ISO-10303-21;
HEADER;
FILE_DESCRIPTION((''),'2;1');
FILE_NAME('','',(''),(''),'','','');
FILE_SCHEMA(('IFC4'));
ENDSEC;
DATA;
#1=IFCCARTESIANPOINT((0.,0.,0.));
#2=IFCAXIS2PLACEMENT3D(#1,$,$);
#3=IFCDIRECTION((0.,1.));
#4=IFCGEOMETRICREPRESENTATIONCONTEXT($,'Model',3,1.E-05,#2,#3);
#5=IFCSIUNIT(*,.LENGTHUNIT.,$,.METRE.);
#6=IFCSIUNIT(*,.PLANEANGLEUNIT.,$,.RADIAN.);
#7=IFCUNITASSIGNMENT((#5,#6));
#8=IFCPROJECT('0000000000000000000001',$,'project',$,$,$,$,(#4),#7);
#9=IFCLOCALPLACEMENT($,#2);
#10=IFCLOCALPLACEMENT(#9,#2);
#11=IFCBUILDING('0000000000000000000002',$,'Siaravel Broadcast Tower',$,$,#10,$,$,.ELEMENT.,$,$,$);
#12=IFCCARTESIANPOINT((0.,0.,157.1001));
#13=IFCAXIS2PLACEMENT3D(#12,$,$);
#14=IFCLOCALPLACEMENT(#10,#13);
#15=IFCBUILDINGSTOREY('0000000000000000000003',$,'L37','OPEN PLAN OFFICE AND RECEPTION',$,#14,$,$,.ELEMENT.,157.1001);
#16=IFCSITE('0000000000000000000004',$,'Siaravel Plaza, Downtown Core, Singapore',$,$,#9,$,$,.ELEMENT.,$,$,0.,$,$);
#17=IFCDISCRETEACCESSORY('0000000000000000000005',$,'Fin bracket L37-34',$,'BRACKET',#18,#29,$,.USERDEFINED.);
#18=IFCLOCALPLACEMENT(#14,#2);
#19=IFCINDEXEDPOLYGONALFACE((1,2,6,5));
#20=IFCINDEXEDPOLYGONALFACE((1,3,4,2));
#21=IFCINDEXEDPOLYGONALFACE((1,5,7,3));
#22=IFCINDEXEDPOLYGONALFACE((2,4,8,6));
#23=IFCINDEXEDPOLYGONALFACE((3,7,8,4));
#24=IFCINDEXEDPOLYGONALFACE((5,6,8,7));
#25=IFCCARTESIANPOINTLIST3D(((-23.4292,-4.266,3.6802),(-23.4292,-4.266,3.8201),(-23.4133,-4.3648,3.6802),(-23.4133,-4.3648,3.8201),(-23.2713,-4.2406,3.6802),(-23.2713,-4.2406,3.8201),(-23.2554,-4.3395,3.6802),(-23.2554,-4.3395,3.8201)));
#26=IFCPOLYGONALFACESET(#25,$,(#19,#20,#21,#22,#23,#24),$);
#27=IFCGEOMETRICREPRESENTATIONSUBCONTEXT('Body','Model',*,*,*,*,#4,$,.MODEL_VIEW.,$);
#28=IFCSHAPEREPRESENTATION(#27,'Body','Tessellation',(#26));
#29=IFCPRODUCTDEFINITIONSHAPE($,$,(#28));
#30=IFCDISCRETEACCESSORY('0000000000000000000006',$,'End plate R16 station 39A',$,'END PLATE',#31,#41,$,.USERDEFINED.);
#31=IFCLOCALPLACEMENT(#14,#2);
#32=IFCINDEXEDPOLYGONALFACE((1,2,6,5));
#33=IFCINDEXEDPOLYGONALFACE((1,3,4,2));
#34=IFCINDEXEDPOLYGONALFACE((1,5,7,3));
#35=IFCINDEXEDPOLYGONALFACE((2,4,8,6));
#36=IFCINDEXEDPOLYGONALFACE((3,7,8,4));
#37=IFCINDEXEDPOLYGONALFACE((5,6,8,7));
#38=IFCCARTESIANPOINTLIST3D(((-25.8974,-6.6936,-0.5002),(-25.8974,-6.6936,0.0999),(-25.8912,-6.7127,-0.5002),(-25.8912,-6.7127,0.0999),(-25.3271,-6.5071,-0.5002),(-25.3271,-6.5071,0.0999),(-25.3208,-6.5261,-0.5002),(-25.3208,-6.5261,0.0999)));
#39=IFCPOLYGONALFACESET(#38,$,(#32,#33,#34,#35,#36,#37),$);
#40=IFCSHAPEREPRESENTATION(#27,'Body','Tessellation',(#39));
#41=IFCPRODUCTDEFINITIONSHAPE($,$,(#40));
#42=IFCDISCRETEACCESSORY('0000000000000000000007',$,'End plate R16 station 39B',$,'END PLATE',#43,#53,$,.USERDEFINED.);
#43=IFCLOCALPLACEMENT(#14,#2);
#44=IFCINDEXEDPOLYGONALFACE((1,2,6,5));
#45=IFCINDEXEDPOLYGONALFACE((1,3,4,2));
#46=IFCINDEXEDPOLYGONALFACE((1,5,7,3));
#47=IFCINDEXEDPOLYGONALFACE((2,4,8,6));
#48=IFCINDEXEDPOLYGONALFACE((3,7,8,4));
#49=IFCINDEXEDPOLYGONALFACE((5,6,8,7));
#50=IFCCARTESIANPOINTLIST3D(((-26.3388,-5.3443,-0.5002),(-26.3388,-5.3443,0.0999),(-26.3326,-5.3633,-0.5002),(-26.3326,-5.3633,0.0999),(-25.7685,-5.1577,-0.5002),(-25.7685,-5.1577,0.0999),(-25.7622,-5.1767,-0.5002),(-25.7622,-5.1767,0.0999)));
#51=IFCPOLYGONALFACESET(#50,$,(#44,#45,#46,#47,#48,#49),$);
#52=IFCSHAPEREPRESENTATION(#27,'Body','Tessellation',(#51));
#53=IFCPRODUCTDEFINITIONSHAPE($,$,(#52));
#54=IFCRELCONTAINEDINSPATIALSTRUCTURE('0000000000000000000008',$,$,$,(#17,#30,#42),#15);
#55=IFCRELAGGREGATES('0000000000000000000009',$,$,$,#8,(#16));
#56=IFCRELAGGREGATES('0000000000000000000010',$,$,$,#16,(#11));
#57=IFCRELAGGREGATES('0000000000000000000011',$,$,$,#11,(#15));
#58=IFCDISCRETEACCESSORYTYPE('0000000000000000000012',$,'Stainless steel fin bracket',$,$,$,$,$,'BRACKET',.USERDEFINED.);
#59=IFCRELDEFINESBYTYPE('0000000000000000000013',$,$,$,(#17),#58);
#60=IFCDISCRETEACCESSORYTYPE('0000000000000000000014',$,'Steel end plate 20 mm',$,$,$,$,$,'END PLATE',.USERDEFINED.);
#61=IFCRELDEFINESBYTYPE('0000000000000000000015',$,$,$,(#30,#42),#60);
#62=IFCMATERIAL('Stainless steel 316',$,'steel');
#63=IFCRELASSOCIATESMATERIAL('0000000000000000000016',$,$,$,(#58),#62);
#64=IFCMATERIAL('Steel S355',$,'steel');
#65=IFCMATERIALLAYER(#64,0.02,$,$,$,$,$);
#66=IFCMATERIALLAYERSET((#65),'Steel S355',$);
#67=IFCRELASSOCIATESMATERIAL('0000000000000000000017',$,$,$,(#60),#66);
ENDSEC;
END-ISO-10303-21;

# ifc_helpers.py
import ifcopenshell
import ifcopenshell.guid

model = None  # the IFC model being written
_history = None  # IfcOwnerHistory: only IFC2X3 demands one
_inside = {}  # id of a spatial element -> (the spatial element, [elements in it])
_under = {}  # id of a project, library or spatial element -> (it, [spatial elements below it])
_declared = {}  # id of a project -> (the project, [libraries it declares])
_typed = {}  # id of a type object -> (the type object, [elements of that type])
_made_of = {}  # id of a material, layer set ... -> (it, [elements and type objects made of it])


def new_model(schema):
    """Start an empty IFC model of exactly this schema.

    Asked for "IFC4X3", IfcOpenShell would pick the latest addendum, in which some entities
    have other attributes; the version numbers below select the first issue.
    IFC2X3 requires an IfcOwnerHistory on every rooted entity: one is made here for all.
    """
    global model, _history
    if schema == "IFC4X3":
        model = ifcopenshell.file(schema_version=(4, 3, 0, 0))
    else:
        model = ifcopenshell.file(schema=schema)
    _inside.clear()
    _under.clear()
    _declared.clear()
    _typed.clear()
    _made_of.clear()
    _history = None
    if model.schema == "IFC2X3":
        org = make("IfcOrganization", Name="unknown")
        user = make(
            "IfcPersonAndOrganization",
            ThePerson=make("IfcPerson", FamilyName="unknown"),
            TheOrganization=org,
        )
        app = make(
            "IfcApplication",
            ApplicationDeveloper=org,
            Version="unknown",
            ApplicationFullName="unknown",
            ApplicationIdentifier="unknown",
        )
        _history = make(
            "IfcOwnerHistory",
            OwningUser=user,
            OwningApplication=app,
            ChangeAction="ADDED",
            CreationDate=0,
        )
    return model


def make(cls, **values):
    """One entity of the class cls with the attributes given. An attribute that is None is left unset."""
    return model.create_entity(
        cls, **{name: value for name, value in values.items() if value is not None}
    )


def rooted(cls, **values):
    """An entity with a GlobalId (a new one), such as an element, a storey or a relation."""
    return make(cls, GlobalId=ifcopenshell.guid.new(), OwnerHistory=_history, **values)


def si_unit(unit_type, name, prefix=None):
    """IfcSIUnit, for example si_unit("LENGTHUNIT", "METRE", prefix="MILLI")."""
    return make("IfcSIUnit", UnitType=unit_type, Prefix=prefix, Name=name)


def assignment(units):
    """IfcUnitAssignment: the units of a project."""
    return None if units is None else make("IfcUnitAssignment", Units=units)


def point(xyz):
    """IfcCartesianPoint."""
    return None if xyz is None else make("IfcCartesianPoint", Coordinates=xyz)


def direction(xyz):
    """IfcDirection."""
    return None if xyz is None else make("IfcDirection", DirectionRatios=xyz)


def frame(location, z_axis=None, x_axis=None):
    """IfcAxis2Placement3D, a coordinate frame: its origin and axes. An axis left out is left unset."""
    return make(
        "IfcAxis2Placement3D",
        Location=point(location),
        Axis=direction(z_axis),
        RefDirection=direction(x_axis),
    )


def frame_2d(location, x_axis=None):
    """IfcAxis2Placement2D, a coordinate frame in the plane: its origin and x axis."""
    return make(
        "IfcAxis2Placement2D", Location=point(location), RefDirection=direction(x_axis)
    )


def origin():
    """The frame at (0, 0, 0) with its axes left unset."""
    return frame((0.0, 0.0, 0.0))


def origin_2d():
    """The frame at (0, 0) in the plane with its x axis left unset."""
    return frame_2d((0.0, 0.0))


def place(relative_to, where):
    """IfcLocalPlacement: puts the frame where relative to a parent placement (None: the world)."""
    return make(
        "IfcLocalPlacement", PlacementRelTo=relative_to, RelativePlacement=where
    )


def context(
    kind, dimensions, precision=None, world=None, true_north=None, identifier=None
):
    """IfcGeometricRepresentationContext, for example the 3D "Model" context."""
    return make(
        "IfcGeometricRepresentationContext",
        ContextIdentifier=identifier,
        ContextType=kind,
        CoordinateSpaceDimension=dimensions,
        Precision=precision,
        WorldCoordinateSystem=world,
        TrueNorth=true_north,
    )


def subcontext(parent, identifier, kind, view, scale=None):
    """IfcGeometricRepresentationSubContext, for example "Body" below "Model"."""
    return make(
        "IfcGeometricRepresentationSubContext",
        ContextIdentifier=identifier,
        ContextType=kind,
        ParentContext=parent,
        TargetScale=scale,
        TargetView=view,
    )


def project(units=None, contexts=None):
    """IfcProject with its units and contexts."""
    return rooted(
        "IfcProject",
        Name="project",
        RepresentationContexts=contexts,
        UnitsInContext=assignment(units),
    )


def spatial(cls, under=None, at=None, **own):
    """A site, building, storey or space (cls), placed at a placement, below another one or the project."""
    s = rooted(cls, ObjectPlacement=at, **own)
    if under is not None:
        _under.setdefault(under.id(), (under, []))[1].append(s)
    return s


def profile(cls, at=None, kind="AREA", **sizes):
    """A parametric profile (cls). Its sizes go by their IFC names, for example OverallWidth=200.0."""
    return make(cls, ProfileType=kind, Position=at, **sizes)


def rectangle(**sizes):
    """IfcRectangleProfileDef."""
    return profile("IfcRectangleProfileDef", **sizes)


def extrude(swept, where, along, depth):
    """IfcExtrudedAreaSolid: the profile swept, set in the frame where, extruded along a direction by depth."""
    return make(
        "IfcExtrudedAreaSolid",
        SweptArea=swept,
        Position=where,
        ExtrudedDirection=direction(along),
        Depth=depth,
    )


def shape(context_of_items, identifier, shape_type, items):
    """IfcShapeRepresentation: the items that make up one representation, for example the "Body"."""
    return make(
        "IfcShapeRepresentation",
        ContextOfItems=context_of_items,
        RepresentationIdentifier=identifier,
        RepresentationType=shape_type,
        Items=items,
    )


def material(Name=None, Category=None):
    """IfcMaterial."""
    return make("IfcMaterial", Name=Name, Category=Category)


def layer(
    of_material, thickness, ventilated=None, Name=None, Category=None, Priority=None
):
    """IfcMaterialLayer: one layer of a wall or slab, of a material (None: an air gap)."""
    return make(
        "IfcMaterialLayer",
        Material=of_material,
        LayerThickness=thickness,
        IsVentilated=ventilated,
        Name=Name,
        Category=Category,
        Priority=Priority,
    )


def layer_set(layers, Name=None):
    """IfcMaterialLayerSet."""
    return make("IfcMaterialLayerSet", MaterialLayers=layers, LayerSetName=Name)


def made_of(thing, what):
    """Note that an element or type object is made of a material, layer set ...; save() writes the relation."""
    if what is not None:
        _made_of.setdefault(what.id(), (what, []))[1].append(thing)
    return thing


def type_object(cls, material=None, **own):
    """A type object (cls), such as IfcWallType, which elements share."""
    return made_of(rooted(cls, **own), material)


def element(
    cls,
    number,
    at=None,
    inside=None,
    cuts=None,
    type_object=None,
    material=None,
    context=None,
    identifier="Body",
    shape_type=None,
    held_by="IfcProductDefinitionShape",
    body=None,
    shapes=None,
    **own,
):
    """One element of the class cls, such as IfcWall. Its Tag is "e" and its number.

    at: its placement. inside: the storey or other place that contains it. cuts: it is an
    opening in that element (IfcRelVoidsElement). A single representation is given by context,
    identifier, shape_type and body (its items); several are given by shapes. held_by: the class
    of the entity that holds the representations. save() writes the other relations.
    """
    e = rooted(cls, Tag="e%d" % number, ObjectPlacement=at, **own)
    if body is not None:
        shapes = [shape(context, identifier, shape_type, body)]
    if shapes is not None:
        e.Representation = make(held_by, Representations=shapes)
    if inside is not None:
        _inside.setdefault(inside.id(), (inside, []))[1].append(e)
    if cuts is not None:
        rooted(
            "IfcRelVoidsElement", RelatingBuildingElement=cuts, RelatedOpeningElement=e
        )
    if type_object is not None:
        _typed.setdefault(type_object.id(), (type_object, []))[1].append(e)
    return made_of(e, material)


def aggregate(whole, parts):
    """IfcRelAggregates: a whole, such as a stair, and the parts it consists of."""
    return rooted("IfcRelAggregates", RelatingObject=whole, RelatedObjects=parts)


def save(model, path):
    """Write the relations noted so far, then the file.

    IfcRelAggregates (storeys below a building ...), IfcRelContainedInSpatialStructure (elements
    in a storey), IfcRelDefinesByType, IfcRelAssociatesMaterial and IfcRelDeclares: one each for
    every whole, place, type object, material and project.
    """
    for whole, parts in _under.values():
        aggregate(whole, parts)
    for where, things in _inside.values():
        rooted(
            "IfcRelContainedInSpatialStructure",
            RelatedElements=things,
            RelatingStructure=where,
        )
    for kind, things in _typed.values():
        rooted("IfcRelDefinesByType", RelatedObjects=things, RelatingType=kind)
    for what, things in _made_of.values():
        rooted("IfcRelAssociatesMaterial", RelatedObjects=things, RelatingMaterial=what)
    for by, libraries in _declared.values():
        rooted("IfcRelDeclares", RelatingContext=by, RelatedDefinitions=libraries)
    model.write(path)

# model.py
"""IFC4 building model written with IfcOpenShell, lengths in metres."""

from ifc_helpers import new_model, si_unit, direction, frame, origin, origin_2d, place, context, subcontext, project, spatial, rectangle, extrude, material, layer, layer_set, type_object, element, save


model = new_model("IFC4")

# Units and contexts
model_context = context("Model", 3, precision=1e-05, world=origin(), true_north=direction((0.0, 1.0)))
body_context = subcontext(model_context, "Body", "Model", "MODEL_VIEW")
ifc_project = project(units=[si_unit("LENGTHUNIT", "METRE"), si_unit("PLANEANGLEUNIT", "RADIAN")], contexts=[model_context])

# Site, building, storey
site_placement = place(None, origin())
site = spatial("IfcSite", under=ifc_project, at=site_placement, Name="Siaravel Plaza, Downtown Core, Singapore", CompositionType="ELEMENT", RefElevation=0.0)
building_placement = place(site_placement, origin())
building = spatial("IfcBuilding", under=site, at=building_placement, Name="Siaravel Broadcast Tower", CompositionType="ELEMENT")
storey_placement = place(building_placement, frame((0.0, 0.0, 157.1001)))
storey = spatial("IfcBuildingStorey", under=building, at=storey_placement, Name="L37", Description="OPEN PLAN OFFICE AND RECEPTION", CompositionType="ELEMENT", Elevation=157.1001)

# Shared definitions
ifc_material_1 = material(Name="Steel S355", Category="steel")

# Discrete accessories
ifc_material_2 = material(Name="Stainless steel 316", Category="steel")
discrete_accessory_type_1 = type_object("IfcDiscreteAccessoryType", Name="Stainless steel fin bracket", ElementType="BRACKET", PredefinedType="USERDEFINED", material=ifc_material_2)
discrete_accessory_placement = place(storey_placement, frame((-23.3423, -4.3027, 3.6802), z_axis=(0.0, 0.0, 1.0), x_axis=(-0.987329, -0.158685, 0.0)))
element("IfcDiscreteAccessory", 1, at=discrete_accessory_placement, inside=storey, type_object=discrete_accessory_type_1, Name="Fin bracket L37-34", ObjectType="BRACKET", PredefinedType="USERDEFINED", context=body_context, shape_type="SweptSolid", body=[
    extrude(rectangle(XDim=0.1599, YDim=0.1001, at=origin_2d()), origin(), (0.0, 0.0, 1.0), 0.1399),
])
ifc_layer_1 = layer(ifc_material_1, 0.02)
ifc_layer_set_1 = layer_set([ifc_layer_1], Name="Steel S355")
discrete_accessory_type_2 = type_object("IfcDiscreteAccessoryType", Name="Steel end plate 20 mm", ElementType="END PLATE", PredefinedType="USERDEFINED", material=ifc_layer_set_1)
for number, where, z_axis, x_axis, name in (
    (2, (-25.6091, -6.6099, -0.5002), (0.0, 0.0, 1.0), (0.31091, -0.950439, 0.0), "End plate R16 station 39A"),
    (3, (-26.0505, -5.2605, -0.5002), (0.0, 0.0, 1.0), (0.31091, -0.950439, 0.0), "End plate R16 station 39B"),
):
    element("IfcDiscreteAccessory", number, at=place(storey_placement, frame(where, z_axis=z_axis, x_axis=x_axis)), inside=storey, type_object=discrete_accessory_type_2, Name=name, ObjectType="END PLATE", PredefinedType="USERDEFINED", context=body_context, shape_type="SweptSolid", body=[
        extrude(rectangle(XDim=0.02, YDim=0.6001, at=origin_2d()), origin(), (0.0, 0.0, 1.0), 0.6001),
    ])

save(model, "model.ifc")
